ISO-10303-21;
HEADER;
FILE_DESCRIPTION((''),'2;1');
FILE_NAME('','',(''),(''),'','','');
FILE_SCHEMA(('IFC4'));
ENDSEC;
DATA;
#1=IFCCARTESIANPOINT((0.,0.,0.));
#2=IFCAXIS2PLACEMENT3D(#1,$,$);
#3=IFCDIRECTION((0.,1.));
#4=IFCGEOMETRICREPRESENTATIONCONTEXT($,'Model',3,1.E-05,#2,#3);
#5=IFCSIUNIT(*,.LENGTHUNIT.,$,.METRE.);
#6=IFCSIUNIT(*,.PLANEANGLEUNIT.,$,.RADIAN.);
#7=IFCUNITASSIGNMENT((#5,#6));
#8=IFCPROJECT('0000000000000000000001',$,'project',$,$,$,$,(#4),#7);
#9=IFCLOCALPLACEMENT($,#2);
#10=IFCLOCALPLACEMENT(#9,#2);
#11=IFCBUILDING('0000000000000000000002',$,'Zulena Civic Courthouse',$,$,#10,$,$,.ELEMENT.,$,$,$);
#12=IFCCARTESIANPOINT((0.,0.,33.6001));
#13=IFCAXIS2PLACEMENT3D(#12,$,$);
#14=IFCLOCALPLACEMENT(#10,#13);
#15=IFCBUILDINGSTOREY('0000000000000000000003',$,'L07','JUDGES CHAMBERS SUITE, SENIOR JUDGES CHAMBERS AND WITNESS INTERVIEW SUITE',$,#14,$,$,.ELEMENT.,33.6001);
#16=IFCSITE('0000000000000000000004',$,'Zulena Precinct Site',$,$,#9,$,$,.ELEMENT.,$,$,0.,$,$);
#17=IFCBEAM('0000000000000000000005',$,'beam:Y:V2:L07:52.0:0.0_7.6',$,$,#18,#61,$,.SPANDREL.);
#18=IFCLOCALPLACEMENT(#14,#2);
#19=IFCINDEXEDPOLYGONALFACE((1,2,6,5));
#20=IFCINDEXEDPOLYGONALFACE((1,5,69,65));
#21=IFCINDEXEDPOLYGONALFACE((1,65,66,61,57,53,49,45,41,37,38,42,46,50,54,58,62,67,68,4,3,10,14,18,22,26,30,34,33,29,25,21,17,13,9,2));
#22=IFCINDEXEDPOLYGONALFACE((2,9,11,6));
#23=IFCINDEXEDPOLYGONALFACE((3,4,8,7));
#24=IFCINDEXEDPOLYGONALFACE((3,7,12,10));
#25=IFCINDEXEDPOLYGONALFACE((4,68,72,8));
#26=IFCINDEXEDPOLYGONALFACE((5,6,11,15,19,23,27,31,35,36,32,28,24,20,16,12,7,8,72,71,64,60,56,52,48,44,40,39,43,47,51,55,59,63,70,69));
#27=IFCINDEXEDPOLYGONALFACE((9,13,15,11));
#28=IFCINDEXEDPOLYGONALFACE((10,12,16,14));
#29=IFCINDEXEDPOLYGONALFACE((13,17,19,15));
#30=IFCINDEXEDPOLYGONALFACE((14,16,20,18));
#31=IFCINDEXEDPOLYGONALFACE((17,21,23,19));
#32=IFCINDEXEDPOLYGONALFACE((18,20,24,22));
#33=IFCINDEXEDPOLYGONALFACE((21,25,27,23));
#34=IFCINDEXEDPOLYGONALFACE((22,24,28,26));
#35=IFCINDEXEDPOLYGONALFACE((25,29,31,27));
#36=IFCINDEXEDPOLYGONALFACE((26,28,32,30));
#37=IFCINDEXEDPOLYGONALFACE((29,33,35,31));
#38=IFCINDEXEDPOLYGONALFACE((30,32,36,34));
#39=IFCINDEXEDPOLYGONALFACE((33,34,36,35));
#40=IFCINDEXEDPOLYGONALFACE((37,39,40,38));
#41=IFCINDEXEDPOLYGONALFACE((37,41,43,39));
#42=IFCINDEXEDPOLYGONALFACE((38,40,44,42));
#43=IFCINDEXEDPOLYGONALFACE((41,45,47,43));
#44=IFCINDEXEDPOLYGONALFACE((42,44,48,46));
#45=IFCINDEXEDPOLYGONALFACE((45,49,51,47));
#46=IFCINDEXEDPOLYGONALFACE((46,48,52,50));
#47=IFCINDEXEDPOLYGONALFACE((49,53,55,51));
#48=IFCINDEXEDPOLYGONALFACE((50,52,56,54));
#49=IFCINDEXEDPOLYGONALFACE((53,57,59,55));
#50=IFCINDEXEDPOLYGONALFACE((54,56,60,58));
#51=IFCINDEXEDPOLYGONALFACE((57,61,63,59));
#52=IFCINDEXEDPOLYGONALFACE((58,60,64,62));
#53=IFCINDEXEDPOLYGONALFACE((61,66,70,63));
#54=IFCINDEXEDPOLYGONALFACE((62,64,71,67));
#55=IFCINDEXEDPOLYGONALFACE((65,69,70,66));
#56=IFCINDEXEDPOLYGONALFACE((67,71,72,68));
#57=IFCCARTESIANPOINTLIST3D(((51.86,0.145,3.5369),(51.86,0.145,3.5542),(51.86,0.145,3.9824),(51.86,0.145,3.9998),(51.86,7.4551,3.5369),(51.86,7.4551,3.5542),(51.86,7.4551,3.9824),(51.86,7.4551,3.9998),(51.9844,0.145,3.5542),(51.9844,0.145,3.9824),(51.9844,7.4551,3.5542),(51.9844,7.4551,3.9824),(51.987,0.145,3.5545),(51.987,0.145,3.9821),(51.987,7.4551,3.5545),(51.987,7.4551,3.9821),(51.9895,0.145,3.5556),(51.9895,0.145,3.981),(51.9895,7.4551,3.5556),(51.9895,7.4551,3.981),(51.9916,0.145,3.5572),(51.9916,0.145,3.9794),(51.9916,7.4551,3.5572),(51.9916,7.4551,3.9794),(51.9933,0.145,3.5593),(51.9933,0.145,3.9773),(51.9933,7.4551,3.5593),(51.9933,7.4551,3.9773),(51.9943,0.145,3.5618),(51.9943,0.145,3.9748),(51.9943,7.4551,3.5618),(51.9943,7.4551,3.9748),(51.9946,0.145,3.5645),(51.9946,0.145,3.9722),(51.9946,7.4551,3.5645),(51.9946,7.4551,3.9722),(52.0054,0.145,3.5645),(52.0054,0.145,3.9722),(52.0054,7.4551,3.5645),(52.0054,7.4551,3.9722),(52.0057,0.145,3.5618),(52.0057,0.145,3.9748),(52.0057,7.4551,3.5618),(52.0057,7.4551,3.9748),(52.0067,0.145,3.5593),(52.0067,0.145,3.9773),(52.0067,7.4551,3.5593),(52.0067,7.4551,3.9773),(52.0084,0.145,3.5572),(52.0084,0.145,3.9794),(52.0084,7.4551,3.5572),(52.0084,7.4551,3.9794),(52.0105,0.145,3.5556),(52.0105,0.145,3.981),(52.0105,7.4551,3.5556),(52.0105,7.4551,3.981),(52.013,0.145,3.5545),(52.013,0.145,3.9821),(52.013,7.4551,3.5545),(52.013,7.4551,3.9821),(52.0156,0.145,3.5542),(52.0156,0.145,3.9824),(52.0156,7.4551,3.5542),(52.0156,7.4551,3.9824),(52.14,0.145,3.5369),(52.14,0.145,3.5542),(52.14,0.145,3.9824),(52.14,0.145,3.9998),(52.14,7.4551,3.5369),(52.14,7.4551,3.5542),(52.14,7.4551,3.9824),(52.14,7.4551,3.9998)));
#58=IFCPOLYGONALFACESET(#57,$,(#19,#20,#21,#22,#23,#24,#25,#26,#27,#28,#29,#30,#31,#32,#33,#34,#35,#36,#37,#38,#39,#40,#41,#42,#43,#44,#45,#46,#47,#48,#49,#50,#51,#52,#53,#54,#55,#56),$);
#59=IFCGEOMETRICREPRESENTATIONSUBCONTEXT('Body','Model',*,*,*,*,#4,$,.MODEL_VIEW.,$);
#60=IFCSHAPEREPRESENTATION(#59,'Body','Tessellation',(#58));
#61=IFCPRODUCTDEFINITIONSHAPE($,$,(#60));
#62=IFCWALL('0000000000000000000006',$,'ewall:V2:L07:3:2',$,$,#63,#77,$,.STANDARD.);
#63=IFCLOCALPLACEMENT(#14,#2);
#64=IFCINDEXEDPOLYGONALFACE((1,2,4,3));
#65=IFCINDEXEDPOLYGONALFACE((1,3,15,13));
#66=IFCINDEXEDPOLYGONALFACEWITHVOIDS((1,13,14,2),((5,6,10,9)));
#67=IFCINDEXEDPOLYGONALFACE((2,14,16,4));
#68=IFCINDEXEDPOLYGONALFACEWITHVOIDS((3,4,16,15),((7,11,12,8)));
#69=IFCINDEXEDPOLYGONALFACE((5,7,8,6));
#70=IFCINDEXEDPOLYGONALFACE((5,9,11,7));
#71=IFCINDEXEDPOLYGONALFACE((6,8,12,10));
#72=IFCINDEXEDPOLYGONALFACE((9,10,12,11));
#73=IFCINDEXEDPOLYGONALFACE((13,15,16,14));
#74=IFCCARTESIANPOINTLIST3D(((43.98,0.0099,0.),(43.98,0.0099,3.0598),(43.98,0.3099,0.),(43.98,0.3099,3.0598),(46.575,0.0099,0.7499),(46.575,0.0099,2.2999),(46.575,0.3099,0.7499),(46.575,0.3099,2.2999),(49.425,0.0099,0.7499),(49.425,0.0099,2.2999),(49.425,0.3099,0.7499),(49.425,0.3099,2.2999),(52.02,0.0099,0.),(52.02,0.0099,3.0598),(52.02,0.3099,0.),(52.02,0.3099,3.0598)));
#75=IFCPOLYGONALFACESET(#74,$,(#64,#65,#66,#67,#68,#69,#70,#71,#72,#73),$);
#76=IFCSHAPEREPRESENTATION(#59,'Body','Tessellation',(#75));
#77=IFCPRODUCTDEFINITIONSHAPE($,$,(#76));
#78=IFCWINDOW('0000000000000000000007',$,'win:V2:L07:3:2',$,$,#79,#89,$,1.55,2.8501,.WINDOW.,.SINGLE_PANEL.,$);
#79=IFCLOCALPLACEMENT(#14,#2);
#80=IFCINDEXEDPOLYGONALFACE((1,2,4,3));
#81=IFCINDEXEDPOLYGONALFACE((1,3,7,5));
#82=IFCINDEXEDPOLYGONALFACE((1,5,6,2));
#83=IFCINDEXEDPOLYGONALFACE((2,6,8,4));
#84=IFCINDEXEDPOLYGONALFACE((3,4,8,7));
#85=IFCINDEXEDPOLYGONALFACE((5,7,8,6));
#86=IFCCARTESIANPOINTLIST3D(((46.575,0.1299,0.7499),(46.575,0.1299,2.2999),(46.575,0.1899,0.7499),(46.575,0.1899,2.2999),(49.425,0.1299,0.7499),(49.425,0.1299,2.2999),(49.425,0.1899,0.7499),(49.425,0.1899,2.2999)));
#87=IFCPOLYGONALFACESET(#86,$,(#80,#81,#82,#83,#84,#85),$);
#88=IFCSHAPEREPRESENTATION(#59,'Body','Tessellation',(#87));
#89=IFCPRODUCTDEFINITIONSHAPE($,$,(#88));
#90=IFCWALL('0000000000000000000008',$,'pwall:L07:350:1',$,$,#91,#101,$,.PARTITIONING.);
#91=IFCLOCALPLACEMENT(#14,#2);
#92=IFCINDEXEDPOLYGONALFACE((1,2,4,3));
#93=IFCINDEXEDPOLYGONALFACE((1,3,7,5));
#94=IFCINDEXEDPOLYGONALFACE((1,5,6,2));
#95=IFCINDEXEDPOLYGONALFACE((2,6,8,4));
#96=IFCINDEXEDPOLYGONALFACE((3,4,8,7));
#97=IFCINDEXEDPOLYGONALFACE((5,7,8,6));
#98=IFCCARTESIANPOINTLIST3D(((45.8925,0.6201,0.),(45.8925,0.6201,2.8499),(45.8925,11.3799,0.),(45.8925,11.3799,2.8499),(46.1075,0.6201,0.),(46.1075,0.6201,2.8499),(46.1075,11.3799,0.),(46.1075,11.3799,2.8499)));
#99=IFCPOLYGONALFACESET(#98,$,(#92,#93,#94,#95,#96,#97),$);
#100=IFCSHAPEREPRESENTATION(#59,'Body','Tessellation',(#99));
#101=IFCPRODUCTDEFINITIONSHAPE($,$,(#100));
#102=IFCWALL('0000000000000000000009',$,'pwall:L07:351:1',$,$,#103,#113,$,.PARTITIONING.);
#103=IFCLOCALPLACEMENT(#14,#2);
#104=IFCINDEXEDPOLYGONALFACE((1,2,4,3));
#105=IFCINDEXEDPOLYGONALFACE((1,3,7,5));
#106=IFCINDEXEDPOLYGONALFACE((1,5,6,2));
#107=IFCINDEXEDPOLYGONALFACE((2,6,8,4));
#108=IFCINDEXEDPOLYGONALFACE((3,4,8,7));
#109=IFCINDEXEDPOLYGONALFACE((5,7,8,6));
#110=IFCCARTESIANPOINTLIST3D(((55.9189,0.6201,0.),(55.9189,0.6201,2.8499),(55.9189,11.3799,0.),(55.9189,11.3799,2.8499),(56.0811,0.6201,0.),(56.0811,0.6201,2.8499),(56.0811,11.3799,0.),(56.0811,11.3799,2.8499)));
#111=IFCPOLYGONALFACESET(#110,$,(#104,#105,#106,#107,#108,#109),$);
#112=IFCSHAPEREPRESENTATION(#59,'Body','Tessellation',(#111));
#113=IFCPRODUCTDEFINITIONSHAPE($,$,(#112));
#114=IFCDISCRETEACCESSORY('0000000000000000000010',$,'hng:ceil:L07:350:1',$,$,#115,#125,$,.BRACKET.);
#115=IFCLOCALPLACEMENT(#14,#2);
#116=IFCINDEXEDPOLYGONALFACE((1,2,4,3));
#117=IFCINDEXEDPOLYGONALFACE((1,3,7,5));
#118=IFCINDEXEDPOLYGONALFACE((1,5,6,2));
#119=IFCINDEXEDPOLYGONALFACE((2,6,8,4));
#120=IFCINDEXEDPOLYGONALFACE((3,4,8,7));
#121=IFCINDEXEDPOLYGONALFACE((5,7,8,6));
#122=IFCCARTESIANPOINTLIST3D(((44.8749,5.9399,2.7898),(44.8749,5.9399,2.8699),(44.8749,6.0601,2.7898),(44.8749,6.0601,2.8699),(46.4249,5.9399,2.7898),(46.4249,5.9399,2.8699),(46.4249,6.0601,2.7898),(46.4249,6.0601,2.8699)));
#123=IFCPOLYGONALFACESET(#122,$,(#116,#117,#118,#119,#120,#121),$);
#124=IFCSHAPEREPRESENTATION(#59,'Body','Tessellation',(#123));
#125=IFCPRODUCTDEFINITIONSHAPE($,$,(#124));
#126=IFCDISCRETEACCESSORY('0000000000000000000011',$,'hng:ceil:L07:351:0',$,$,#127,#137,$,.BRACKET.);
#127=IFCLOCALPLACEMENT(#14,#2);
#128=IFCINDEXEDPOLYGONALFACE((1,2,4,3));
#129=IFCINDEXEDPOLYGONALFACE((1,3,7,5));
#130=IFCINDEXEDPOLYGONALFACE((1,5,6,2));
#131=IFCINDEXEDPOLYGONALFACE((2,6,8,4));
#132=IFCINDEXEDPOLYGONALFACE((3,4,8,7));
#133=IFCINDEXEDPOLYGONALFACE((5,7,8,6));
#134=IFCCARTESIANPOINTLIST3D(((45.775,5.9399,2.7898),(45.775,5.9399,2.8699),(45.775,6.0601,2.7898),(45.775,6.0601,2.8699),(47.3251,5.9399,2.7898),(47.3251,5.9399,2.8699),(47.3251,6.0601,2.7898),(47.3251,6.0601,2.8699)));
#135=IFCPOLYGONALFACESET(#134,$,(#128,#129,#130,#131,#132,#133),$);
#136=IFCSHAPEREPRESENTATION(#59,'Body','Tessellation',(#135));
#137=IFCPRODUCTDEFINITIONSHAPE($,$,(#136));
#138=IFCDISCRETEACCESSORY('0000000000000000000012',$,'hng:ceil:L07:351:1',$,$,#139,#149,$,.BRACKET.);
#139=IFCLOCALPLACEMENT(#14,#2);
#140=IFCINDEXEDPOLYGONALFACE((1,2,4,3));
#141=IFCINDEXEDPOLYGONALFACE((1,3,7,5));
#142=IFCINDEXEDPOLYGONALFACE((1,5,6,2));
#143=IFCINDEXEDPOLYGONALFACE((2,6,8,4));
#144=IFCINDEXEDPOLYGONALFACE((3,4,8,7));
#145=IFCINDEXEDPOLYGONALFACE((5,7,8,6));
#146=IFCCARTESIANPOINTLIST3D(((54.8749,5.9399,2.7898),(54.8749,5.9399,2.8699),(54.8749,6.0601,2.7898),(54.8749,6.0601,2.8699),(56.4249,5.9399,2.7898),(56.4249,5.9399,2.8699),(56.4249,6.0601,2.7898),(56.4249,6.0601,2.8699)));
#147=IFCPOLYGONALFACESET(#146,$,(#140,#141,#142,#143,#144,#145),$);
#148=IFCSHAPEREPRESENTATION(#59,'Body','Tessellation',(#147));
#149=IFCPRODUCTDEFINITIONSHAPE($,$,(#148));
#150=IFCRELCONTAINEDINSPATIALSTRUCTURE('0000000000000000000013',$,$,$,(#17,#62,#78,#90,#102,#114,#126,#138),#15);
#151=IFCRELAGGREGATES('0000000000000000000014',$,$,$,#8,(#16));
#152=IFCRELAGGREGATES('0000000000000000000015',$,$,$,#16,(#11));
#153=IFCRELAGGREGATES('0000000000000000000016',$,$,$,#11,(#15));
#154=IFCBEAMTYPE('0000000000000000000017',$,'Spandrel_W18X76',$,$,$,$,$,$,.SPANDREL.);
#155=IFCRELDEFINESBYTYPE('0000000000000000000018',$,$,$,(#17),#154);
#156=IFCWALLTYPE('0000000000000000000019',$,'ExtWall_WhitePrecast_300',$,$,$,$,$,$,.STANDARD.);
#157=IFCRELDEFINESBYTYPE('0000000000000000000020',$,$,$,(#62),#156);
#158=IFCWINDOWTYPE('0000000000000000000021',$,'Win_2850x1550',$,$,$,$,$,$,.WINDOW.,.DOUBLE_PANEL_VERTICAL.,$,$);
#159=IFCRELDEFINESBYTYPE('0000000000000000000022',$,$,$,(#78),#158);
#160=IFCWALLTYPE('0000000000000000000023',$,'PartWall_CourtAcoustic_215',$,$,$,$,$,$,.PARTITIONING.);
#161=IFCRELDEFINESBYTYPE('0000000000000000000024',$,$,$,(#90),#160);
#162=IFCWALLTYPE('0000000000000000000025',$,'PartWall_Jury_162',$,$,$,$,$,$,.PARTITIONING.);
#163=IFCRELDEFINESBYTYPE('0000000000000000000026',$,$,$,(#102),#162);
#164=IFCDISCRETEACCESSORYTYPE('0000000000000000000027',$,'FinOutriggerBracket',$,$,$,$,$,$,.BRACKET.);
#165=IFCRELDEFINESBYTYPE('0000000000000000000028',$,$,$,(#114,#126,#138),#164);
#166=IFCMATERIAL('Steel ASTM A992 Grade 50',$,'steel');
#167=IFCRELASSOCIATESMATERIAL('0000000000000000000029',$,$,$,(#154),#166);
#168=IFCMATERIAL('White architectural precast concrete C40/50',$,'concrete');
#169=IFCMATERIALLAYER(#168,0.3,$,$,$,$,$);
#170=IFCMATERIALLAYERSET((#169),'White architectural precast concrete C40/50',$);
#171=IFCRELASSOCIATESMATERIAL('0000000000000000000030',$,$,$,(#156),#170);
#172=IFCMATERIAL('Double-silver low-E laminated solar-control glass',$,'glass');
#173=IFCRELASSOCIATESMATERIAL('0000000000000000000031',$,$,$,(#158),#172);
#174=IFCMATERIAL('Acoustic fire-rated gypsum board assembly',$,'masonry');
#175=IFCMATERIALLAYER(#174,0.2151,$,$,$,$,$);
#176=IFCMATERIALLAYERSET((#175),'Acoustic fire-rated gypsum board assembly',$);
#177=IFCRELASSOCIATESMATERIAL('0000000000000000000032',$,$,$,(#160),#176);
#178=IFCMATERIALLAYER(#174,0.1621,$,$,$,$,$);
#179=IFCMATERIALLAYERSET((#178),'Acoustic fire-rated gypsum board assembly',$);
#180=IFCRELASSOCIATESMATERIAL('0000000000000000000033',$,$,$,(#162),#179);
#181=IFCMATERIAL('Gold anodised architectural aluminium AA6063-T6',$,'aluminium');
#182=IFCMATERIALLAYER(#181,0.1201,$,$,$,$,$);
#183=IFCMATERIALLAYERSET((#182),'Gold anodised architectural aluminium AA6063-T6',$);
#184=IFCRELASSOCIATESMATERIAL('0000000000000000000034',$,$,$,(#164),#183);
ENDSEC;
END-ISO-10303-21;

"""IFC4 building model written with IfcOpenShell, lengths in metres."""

from ifc_helpers import new_model, si_unit, direction, frame, frame_2d, origin, origin_2d, place, context, subcontext, project, spatial, rectangle, i_section, extrude, material, layer, layer_set, material_profile, profile_set, type_object, element, fill, save


model = new_model("IFC4")

# Units and contexts
model_context = context("Model", 3, precision=1e-05, world=origin(), true_north=direction((0.0, 1.0)))
body_context = subcontext(model_context, "Body", "Model", "MODEL_VIEW")
ifc_project = project(units=[si_unit("LENGTHUNIT", "METRE"), si_unit("PLANEANGLEUNIT", "RADIAN")], contexts=[model_context])

# Site, building, storey
site_placement = place(None, origin())
site = spatial("IfcSite", under=ifc_project, at=site_placement, Name="Zulena Precinct Site", CompositionType="ELEMENT", RefElevation=0.0)
building_placement = place(site_placement, origin())
building = spatial("IfcBuilding", under=site, at=building_placement, Name="Zulena Civic Courthouse", CompositionType="ELEMENT")
storey_placement = place(building_placement, frame((0.0, 0.0, 33.6001)))
storey = spatial("IfcBuildingStorey", under=building, at=storey_placement, Name="L07", Description="JUDGES CHAMBERS SUITE, SENIOR JUDGES CHAMBERS AND WITNESS INTERVIEW SUITE", CompositionType="ELEMENT", Elevation=33.6001)

# Shared definitions
ifc_material_1 = material(Name="Steel ASTM A992 Grade 50", Category="steel")

# Shared definitions
ifc_material_2 = material(Name="Double-silver low-E laminated solar-control glass", Category="glass")

# Beam
ifc_material_profile_1 = material_profile(ifc_material_1, i_section(OverallWidth=0.28, OverallDepth=0.4629, WebThickness=0.0107, FlangeThickness=0.0173, FilletRadius=0.0103, at=origin_2d()), Name="W18X76")
ifc_profile_set_1 = profile_set([ifc_material_profile_1], Name="Steel ASTM A992 Grade 50")
beam_type_1 = type_object("IfcBeamType", Name="Spandrel_W18X76", PredefinedType="SPANDREL", material=ifc_profile_set_1)
for number, where, z_axis, x_axis, name in (
    (1, (52.0, 0.145, 3.7683), (0.0, 1.0, 0.0), (-1.0, 0.0, 0.0), "beam:Y:V2:L07:52.0:0.0_7.6"),
):
    element("IfcBeam", number, at=place(storey_placement, frame(where, z_axis=z_axis, x_axis=x_axis)), inside=storey, type_object=beam_type_1, Name=name, PredefinedType="SPANDREL", context=body_context, shape_type="SweptSolid", body=[
        extrude(i_section(OverallWidth=0.28, OverallDepth=0.4629, WebThickness=0.0107, FlangeThickness=0.0173, FilletRadius=0.0103, at=origin_2d()), origin(), (0.0, 0.0, 1.0), 7.3101),
    ])

# Wall, opening, window
ifc_material_3 = material(Name="White architectural precast concrete C40/50", Category="concrete")
ifc_layer_1 = layer(ifc_material_3, 0.3)
ifc_layer_set_1 = layer_set([ifc_layer_1], Name="White architectural precast concrete C40/50")
wall_type_1 = type_object("IfcWallType", Name="ExtWall_WhitePrecast_300", PredefinedType="STANDARD", material=ifc_layer_set_1)
wall_1_placement = place(storey_placement, frame((52.02, 0.1599, 0.0), z_axis=(0.0, 0.0, 1.0), x_axis=(-1.0, 0.0, 0.0)))
wall_1 = element("IfcWall", 2, at=wall_1_placement, inside=storey, type_object=wall_type_1, Name="ewall:V2:L07:3:2", PredefinedType="STANDARD", context=body_context, shape_type="SweptSolid", body=[
    extrude(rectangle(XDim=8.04, YDim=0.3, at=frame_2d((4.02, 0.0))), origin(), (0.0, 0.0, 1.0), 3.0598),
])
opening_placement = place(wall_1_placement, frame((2.595, 0.0, 0.75)))
opening = element("IfcOpeningElement", 3, at=opening_placement, cuts=wall_1, PredefinedType="OPENING", context=body_context, shape_type="SweptSolid", body=[
    extrude(rectangle(XDim=2.8501, YDim=1.55, at=frame_2d((1.425, 0.7749))), frame((0.0, 0.1599, 0.0), z_axis=(0.0, -1.0, 0.0), x_axis=(1.0, 0.0, 0.0)), (0.0, 0.0, 1.0), 0.3201),
])
window_type = type_object("IfcWindowType", Name="Win_2850x1550", PartitioningType="DOUBLE_PANEL_VERTICAL", PredefinedType="WINDOW", material=ifc_material_2)
window_placement = place(opening_placement, origin())
window = element("IfcWindow", 4, at=window_placement, inside=storey, type_object=window_type, Name="win:V2:L07:3:2", OverallHeight=1.55, OverallWidth=2.8501, PartitioningType="SINGLE_PANEL", PredefinedType="WINDOW", context=body_context, shape_type="SweptSolid", body=[
    extrude(rectangle(XDim=2.8501, YDim=1.55, at=frame_2d((1.425, 0.7749))), frame((0.0, 0.03, 0.0), z_axis=(0.0, -1.0, 0.0), x_axis=(1.0, 0.0, 0.0)), (0.0, 0.0, 1.0), 0.0601),
])
fill(opening, window)

# Walls
ifc_material_4 = material(Name="Acoustic fire-rated gypsum board assembly", Category="masonry")
ifc_layer_2 = layer(ifc_material_4, 0.2151)
ifc_layer_set_2 = layer_set([ifc_layer_2], Name="Acoustic fire-rated gypsum board assembly")
wall_type_2 = type_object("IfcWallType", Name="PartWall_CourtAcoustic_215", PredefinedType="PARTITIONING", material=ifc_layer_set_2)
wall_2_placement = place(storey_placement, frame((46.0, 0.6201, 0.0), z_axis=(0.0, 0.0, 1.0), x_axis=(0.0, 1.0, 0.0)))
element("IfcWall", 5, at=wall_2_placement, inside=storey, type_object=wall_type_2, Name="pwall:L07:350:1", PredefinedType="PARTITIONING", context=body_context, shape_type="SweptSolid", body=[
    extrude(rectangle(XDim=10.7598, YDim=0.2151, at=frame_2d((5.3799, 0.0))), origin(), (0.0, 0.0, 1.0), 2.8499),
])
ifc_layer_3 = layer(ifc_material_4, 0.1621)
ifc_layer_set_3 = layer_set([ifc_layer_3], Name="Acoustic fire-rated gypsum board assembly")
wall_type_3 = type_object("IfcWallType", Name="PartWall_Jury_162", PredefinedType="PARTITIONING", material=ifc_layer_set_3)
wall_3_placement = place(storey_placement, frame((56.0, 0.6201, 0.0), z_axis=(0.0, 0.0, 1.0), x_axis=(0.0, 1.0, 0.0)))
element("IfcWall", 6, at=wall_3_placement, inside=storey, type_object=wall_type_3, Name="pwall:L07:351:1", PredefinedType="PARTITIONING", context=body_context, shape_type="SweptSolid", body=[
    extrude(rectangle(XDim=10.7598, YDim=0.1621, at=frame_2d((5.3799, 0.0))), origin(), (0.0, 0.0, 1.0), 2.8499),
])

# Discrete accessories
ifc_material_5 = material(Name="Gold anodised architectural aluminium AA6063-T6", Category="aluminium")
ifc_layer_4 = layer(ifc_material_5, 0.1201)
ifc_layer_set_4 = layer_set([ifc_layer_4], Name="Gold anodised architectural aluminium AA6063-T6")
discrete_accessory_type = type_object("IfcDiscreteAccessoryType", Name="FinOutriggerBracket", PredefinedType="BRACKET", material=ifc_layer_set_4)
for number, where, z_axis, x_axis, name in (
    (7, (45.6499, 6.0, 2.7898), (0.0, 0.0, 1.0), (1.0, 0.0, 0.0), "hng:ceil:L07:350:1"),
    (8, (46.55, 6.0, 2.7898), (0.0, 0.0, 1.0), (1.0, 0.0, 0.0), "hng:ceil:L07:351:0"),
    (9, (55.6499, 6.0, 2.7898), (0.0, 0.0, 1.0), (1.0, 0.0, 0.0), "hng:ceil:L07:351:1"),
):
    element("IfcDiscreteAccessory", number, at=place(storey_placement, frame(where, z_axis=z_axis, x_axis=x_axis)), inside=storey, type_object=discrete_accessory_type, Name=name, PredefinedType="BRACKET", context=body_context, shape_type="SweptSolid", body=[
        extrude(rectangle(XDim=1.55, YDim=0.1201, at=origin_2d()), origin(), (0.0, 0.0, 1.0), 0.0801),
    ])

save(model, "model.ifc")
